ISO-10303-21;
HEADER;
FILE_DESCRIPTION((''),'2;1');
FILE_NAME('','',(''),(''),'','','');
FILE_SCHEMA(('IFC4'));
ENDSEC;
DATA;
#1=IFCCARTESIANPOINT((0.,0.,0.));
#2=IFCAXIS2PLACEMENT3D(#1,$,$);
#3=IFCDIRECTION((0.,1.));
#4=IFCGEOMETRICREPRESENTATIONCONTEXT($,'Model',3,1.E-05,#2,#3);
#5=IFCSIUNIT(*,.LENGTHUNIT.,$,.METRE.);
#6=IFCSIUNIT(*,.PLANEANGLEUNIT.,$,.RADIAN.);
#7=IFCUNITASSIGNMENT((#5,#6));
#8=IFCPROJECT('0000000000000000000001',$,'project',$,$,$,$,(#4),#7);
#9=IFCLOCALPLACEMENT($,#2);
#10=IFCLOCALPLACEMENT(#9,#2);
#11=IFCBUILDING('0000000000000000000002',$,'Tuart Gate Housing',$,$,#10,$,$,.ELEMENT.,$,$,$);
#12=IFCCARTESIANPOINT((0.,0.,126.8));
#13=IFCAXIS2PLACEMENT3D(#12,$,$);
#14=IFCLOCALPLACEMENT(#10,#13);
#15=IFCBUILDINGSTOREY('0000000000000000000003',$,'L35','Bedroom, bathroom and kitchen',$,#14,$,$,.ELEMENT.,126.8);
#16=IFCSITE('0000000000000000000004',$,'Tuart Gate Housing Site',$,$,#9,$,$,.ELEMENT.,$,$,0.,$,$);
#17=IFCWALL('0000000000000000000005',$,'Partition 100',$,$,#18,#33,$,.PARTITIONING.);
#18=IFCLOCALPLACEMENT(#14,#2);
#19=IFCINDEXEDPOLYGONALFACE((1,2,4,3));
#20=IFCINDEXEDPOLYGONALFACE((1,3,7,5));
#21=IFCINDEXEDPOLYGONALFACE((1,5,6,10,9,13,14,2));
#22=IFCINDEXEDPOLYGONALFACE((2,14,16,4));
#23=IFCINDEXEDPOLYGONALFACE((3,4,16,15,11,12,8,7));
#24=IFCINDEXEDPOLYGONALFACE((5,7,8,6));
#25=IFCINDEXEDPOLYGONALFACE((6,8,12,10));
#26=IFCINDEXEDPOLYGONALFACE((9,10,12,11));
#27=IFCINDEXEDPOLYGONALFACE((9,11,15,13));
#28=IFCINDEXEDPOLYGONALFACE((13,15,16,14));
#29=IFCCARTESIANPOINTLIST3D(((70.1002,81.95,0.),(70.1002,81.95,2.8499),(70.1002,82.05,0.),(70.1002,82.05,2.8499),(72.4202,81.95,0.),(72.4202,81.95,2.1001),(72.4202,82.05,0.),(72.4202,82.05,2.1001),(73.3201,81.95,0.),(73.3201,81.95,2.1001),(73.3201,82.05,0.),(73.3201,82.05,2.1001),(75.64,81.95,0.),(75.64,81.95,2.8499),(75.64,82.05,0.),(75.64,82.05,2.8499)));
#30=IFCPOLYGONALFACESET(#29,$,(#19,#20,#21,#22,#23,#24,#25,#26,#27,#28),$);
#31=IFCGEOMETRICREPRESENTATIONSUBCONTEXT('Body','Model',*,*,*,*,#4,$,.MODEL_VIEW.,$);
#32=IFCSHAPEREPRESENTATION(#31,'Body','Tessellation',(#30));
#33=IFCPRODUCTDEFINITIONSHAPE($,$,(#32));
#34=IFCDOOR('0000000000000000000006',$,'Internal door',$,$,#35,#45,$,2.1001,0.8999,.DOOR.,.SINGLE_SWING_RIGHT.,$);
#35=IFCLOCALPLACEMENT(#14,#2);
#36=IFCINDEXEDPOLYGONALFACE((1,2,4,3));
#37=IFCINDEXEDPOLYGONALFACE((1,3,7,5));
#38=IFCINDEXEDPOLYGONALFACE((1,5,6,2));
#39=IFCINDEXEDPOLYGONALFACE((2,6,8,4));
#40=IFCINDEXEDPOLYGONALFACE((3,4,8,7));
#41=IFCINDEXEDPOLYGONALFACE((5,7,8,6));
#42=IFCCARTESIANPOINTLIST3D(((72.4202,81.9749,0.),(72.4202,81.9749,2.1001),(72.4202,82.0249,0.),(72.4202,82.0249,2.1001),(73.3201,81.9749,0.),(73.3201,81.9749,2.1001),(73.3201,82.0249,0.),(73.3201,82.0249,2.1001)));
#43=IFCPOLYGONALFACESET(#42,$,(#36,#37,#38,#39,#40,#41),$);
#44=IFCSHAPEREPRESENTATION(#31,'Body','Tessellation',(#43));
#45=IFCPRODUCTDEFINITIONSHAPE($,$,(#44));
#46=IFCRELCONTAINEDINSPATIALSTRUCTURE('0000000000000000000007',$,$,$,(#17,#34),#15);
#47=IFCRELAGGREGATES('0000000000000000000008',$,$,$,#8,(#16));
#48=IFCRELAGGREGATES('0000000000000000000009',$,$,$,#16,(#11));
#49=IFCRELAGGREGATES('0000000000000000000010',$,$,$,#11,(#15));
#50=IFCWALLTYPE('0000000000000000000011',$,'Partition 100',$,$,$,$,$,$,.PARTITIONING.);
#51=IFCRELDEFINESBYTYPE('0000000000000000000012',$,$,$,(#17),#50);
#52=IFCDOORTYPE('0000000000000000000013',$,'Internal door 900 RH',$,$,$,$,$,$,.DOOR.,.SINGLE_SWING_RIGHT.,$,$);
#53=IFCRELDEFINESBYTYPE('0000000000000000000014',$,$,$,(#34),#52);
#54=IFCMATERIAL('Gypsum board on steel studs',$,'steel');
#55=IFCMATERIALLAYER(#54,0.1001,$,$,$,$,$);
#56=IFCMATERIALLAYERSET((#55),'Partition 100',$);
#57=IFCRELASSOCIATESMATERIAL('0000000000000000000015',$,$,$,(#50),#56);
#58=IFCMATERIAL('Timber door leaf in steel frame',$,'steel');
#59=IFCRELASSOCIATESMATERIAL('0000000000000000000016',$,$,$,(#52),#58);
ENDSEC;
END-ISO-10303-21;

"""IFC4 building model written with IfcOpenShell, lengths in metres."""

from ifc_helpers import new_model, si_unit, direction, frame, frame_2d, origin, place, context, subcontext, project, spatial, rectangle, extrude, material, layer, layer_set, type_object, element, fill, save


model = new_model("IFC4")

# Units and contexts
model_context = context("Model", 3, precision=1e-05, world=origin(), true_north=direction((0.0, 1.0)))
body_context = subcontext(model_context, "Body", "Model", "MODEL_VIEW")
ifc_project = project(units=[si_unit("LENGTHUNIT", "METRE"), si_unit("PLANEANGLEUNIT", "RADIAN")], contexts=[model_context])

# Site, building, storey
site_placement = place(None, origin())
site = spatial("IfcSite", under=ifc_project, at=site_placement, Name="Tuart Gate Housing Site", CompositionType="ELEMENT", RefElevation=0.0)
building_placement = place(site_placement, origin())
building = spatial("IfcBuilding", under=site, at=building_placement, Name="Tuart Gate Housing", CompositionType="ELEMENT")
storey_placement = place(building_placement, frame((0.0, 0.0, 126.8)))
storey = spatial("IfcBuildingStorey", under=building, at=storey_placement, Name="L35", Description="Bedroom, bathroom and kitchen", CompositionType="ELEMENT", Elevation=126.8)

# Wall, opening, door
ifc_material_1 = material(Name="Gypsum board on steel studs", Category="steel")
ifc_layer_1 = layer(ifc_material_1, 0.1001)
ifc_layer_set_1 = layer_set([ifc_layer_1], Name="Partition 100")
wall_type_1 = type_object("IfcWallType", Name="Partition 100", PredefinedType="PARTITIONING", material=ifc_layer_set_1)
wall_1_placement = place(storey_placement, frame((70.1001, 82.0, 0.0), z_axis=(0.0, 0.0, 1.0), x_axis=(1.0, 0.0, 0.0)))
wall_1 = element("IfcWall", 1, at=wall_1_placement, inside=storey, type_object=wall_type_1, Name="Partition 100", PredefinedType="PARTITIONING", context=body_context, shape_type="SweptSolid", body=[
    extrude(rectangle(XDim=5.5398, YDim=0.1001, at=frame_2d((2.77, 0.0))), origin(), (0.0, 0.0, 1.0), 2.8499),
])
opening_1_placement = place(wall_1_placement, frame((2.3201, 0.0, 0.0)))
opening_1 = element("IfcOpeningElement", 2, at=opening_1_placement, cuts=wall_1, PredefinedType="OPENING", context=body_context, shape_type="SweptSolid", body=[
    extrude(rectangle(XDim=0.8999, YDim=2.1001, at=frame_2d((0.45, 1.05))), frame((0.0, 0.0601, 0.0), z_axis=(0.0, -1.0, 0.0), x_axis=(1.0, 0.0, 0.0)), (0.0, 0.0, 1.0), 0.1201),
])
ifc_material_2 = material(Name="Timber door leaf in steel frame", Category="steel")
door_type = type_object("IfcDoorType", Name="Internal door 900 RH", OperationType="SINGLE_SWING_RIGHT", PredefinedType="DOOR", material=ifc_material_2)
door_placement = place(opening_1_placement, origin())
door = element("IfcDoor", 3, at=door_placement, inside=storey, type_object=door_type, Name="Internal door", OperationType="SINGLE_SWING_RIGHT", OverallHeight=2.1001, OverallWidth=0.8999, PredefinedType="DOOR", context=body_context, shape_type="SweptSolid", body=[
    extrude(rectangle(XDim=0.8999, YDim=2.1001, at=frame_2d((0.45, 1.05))), frame((0.0, 0.0249, 0.0), z_axis=(0.0, -1.0, 0.0), x_axis=(1.0, 0.0, 0.0)), (0.0, 0.0, 1.0), 0.05),
])
fill(opening_1, door)

save(model, "model.ifc")
